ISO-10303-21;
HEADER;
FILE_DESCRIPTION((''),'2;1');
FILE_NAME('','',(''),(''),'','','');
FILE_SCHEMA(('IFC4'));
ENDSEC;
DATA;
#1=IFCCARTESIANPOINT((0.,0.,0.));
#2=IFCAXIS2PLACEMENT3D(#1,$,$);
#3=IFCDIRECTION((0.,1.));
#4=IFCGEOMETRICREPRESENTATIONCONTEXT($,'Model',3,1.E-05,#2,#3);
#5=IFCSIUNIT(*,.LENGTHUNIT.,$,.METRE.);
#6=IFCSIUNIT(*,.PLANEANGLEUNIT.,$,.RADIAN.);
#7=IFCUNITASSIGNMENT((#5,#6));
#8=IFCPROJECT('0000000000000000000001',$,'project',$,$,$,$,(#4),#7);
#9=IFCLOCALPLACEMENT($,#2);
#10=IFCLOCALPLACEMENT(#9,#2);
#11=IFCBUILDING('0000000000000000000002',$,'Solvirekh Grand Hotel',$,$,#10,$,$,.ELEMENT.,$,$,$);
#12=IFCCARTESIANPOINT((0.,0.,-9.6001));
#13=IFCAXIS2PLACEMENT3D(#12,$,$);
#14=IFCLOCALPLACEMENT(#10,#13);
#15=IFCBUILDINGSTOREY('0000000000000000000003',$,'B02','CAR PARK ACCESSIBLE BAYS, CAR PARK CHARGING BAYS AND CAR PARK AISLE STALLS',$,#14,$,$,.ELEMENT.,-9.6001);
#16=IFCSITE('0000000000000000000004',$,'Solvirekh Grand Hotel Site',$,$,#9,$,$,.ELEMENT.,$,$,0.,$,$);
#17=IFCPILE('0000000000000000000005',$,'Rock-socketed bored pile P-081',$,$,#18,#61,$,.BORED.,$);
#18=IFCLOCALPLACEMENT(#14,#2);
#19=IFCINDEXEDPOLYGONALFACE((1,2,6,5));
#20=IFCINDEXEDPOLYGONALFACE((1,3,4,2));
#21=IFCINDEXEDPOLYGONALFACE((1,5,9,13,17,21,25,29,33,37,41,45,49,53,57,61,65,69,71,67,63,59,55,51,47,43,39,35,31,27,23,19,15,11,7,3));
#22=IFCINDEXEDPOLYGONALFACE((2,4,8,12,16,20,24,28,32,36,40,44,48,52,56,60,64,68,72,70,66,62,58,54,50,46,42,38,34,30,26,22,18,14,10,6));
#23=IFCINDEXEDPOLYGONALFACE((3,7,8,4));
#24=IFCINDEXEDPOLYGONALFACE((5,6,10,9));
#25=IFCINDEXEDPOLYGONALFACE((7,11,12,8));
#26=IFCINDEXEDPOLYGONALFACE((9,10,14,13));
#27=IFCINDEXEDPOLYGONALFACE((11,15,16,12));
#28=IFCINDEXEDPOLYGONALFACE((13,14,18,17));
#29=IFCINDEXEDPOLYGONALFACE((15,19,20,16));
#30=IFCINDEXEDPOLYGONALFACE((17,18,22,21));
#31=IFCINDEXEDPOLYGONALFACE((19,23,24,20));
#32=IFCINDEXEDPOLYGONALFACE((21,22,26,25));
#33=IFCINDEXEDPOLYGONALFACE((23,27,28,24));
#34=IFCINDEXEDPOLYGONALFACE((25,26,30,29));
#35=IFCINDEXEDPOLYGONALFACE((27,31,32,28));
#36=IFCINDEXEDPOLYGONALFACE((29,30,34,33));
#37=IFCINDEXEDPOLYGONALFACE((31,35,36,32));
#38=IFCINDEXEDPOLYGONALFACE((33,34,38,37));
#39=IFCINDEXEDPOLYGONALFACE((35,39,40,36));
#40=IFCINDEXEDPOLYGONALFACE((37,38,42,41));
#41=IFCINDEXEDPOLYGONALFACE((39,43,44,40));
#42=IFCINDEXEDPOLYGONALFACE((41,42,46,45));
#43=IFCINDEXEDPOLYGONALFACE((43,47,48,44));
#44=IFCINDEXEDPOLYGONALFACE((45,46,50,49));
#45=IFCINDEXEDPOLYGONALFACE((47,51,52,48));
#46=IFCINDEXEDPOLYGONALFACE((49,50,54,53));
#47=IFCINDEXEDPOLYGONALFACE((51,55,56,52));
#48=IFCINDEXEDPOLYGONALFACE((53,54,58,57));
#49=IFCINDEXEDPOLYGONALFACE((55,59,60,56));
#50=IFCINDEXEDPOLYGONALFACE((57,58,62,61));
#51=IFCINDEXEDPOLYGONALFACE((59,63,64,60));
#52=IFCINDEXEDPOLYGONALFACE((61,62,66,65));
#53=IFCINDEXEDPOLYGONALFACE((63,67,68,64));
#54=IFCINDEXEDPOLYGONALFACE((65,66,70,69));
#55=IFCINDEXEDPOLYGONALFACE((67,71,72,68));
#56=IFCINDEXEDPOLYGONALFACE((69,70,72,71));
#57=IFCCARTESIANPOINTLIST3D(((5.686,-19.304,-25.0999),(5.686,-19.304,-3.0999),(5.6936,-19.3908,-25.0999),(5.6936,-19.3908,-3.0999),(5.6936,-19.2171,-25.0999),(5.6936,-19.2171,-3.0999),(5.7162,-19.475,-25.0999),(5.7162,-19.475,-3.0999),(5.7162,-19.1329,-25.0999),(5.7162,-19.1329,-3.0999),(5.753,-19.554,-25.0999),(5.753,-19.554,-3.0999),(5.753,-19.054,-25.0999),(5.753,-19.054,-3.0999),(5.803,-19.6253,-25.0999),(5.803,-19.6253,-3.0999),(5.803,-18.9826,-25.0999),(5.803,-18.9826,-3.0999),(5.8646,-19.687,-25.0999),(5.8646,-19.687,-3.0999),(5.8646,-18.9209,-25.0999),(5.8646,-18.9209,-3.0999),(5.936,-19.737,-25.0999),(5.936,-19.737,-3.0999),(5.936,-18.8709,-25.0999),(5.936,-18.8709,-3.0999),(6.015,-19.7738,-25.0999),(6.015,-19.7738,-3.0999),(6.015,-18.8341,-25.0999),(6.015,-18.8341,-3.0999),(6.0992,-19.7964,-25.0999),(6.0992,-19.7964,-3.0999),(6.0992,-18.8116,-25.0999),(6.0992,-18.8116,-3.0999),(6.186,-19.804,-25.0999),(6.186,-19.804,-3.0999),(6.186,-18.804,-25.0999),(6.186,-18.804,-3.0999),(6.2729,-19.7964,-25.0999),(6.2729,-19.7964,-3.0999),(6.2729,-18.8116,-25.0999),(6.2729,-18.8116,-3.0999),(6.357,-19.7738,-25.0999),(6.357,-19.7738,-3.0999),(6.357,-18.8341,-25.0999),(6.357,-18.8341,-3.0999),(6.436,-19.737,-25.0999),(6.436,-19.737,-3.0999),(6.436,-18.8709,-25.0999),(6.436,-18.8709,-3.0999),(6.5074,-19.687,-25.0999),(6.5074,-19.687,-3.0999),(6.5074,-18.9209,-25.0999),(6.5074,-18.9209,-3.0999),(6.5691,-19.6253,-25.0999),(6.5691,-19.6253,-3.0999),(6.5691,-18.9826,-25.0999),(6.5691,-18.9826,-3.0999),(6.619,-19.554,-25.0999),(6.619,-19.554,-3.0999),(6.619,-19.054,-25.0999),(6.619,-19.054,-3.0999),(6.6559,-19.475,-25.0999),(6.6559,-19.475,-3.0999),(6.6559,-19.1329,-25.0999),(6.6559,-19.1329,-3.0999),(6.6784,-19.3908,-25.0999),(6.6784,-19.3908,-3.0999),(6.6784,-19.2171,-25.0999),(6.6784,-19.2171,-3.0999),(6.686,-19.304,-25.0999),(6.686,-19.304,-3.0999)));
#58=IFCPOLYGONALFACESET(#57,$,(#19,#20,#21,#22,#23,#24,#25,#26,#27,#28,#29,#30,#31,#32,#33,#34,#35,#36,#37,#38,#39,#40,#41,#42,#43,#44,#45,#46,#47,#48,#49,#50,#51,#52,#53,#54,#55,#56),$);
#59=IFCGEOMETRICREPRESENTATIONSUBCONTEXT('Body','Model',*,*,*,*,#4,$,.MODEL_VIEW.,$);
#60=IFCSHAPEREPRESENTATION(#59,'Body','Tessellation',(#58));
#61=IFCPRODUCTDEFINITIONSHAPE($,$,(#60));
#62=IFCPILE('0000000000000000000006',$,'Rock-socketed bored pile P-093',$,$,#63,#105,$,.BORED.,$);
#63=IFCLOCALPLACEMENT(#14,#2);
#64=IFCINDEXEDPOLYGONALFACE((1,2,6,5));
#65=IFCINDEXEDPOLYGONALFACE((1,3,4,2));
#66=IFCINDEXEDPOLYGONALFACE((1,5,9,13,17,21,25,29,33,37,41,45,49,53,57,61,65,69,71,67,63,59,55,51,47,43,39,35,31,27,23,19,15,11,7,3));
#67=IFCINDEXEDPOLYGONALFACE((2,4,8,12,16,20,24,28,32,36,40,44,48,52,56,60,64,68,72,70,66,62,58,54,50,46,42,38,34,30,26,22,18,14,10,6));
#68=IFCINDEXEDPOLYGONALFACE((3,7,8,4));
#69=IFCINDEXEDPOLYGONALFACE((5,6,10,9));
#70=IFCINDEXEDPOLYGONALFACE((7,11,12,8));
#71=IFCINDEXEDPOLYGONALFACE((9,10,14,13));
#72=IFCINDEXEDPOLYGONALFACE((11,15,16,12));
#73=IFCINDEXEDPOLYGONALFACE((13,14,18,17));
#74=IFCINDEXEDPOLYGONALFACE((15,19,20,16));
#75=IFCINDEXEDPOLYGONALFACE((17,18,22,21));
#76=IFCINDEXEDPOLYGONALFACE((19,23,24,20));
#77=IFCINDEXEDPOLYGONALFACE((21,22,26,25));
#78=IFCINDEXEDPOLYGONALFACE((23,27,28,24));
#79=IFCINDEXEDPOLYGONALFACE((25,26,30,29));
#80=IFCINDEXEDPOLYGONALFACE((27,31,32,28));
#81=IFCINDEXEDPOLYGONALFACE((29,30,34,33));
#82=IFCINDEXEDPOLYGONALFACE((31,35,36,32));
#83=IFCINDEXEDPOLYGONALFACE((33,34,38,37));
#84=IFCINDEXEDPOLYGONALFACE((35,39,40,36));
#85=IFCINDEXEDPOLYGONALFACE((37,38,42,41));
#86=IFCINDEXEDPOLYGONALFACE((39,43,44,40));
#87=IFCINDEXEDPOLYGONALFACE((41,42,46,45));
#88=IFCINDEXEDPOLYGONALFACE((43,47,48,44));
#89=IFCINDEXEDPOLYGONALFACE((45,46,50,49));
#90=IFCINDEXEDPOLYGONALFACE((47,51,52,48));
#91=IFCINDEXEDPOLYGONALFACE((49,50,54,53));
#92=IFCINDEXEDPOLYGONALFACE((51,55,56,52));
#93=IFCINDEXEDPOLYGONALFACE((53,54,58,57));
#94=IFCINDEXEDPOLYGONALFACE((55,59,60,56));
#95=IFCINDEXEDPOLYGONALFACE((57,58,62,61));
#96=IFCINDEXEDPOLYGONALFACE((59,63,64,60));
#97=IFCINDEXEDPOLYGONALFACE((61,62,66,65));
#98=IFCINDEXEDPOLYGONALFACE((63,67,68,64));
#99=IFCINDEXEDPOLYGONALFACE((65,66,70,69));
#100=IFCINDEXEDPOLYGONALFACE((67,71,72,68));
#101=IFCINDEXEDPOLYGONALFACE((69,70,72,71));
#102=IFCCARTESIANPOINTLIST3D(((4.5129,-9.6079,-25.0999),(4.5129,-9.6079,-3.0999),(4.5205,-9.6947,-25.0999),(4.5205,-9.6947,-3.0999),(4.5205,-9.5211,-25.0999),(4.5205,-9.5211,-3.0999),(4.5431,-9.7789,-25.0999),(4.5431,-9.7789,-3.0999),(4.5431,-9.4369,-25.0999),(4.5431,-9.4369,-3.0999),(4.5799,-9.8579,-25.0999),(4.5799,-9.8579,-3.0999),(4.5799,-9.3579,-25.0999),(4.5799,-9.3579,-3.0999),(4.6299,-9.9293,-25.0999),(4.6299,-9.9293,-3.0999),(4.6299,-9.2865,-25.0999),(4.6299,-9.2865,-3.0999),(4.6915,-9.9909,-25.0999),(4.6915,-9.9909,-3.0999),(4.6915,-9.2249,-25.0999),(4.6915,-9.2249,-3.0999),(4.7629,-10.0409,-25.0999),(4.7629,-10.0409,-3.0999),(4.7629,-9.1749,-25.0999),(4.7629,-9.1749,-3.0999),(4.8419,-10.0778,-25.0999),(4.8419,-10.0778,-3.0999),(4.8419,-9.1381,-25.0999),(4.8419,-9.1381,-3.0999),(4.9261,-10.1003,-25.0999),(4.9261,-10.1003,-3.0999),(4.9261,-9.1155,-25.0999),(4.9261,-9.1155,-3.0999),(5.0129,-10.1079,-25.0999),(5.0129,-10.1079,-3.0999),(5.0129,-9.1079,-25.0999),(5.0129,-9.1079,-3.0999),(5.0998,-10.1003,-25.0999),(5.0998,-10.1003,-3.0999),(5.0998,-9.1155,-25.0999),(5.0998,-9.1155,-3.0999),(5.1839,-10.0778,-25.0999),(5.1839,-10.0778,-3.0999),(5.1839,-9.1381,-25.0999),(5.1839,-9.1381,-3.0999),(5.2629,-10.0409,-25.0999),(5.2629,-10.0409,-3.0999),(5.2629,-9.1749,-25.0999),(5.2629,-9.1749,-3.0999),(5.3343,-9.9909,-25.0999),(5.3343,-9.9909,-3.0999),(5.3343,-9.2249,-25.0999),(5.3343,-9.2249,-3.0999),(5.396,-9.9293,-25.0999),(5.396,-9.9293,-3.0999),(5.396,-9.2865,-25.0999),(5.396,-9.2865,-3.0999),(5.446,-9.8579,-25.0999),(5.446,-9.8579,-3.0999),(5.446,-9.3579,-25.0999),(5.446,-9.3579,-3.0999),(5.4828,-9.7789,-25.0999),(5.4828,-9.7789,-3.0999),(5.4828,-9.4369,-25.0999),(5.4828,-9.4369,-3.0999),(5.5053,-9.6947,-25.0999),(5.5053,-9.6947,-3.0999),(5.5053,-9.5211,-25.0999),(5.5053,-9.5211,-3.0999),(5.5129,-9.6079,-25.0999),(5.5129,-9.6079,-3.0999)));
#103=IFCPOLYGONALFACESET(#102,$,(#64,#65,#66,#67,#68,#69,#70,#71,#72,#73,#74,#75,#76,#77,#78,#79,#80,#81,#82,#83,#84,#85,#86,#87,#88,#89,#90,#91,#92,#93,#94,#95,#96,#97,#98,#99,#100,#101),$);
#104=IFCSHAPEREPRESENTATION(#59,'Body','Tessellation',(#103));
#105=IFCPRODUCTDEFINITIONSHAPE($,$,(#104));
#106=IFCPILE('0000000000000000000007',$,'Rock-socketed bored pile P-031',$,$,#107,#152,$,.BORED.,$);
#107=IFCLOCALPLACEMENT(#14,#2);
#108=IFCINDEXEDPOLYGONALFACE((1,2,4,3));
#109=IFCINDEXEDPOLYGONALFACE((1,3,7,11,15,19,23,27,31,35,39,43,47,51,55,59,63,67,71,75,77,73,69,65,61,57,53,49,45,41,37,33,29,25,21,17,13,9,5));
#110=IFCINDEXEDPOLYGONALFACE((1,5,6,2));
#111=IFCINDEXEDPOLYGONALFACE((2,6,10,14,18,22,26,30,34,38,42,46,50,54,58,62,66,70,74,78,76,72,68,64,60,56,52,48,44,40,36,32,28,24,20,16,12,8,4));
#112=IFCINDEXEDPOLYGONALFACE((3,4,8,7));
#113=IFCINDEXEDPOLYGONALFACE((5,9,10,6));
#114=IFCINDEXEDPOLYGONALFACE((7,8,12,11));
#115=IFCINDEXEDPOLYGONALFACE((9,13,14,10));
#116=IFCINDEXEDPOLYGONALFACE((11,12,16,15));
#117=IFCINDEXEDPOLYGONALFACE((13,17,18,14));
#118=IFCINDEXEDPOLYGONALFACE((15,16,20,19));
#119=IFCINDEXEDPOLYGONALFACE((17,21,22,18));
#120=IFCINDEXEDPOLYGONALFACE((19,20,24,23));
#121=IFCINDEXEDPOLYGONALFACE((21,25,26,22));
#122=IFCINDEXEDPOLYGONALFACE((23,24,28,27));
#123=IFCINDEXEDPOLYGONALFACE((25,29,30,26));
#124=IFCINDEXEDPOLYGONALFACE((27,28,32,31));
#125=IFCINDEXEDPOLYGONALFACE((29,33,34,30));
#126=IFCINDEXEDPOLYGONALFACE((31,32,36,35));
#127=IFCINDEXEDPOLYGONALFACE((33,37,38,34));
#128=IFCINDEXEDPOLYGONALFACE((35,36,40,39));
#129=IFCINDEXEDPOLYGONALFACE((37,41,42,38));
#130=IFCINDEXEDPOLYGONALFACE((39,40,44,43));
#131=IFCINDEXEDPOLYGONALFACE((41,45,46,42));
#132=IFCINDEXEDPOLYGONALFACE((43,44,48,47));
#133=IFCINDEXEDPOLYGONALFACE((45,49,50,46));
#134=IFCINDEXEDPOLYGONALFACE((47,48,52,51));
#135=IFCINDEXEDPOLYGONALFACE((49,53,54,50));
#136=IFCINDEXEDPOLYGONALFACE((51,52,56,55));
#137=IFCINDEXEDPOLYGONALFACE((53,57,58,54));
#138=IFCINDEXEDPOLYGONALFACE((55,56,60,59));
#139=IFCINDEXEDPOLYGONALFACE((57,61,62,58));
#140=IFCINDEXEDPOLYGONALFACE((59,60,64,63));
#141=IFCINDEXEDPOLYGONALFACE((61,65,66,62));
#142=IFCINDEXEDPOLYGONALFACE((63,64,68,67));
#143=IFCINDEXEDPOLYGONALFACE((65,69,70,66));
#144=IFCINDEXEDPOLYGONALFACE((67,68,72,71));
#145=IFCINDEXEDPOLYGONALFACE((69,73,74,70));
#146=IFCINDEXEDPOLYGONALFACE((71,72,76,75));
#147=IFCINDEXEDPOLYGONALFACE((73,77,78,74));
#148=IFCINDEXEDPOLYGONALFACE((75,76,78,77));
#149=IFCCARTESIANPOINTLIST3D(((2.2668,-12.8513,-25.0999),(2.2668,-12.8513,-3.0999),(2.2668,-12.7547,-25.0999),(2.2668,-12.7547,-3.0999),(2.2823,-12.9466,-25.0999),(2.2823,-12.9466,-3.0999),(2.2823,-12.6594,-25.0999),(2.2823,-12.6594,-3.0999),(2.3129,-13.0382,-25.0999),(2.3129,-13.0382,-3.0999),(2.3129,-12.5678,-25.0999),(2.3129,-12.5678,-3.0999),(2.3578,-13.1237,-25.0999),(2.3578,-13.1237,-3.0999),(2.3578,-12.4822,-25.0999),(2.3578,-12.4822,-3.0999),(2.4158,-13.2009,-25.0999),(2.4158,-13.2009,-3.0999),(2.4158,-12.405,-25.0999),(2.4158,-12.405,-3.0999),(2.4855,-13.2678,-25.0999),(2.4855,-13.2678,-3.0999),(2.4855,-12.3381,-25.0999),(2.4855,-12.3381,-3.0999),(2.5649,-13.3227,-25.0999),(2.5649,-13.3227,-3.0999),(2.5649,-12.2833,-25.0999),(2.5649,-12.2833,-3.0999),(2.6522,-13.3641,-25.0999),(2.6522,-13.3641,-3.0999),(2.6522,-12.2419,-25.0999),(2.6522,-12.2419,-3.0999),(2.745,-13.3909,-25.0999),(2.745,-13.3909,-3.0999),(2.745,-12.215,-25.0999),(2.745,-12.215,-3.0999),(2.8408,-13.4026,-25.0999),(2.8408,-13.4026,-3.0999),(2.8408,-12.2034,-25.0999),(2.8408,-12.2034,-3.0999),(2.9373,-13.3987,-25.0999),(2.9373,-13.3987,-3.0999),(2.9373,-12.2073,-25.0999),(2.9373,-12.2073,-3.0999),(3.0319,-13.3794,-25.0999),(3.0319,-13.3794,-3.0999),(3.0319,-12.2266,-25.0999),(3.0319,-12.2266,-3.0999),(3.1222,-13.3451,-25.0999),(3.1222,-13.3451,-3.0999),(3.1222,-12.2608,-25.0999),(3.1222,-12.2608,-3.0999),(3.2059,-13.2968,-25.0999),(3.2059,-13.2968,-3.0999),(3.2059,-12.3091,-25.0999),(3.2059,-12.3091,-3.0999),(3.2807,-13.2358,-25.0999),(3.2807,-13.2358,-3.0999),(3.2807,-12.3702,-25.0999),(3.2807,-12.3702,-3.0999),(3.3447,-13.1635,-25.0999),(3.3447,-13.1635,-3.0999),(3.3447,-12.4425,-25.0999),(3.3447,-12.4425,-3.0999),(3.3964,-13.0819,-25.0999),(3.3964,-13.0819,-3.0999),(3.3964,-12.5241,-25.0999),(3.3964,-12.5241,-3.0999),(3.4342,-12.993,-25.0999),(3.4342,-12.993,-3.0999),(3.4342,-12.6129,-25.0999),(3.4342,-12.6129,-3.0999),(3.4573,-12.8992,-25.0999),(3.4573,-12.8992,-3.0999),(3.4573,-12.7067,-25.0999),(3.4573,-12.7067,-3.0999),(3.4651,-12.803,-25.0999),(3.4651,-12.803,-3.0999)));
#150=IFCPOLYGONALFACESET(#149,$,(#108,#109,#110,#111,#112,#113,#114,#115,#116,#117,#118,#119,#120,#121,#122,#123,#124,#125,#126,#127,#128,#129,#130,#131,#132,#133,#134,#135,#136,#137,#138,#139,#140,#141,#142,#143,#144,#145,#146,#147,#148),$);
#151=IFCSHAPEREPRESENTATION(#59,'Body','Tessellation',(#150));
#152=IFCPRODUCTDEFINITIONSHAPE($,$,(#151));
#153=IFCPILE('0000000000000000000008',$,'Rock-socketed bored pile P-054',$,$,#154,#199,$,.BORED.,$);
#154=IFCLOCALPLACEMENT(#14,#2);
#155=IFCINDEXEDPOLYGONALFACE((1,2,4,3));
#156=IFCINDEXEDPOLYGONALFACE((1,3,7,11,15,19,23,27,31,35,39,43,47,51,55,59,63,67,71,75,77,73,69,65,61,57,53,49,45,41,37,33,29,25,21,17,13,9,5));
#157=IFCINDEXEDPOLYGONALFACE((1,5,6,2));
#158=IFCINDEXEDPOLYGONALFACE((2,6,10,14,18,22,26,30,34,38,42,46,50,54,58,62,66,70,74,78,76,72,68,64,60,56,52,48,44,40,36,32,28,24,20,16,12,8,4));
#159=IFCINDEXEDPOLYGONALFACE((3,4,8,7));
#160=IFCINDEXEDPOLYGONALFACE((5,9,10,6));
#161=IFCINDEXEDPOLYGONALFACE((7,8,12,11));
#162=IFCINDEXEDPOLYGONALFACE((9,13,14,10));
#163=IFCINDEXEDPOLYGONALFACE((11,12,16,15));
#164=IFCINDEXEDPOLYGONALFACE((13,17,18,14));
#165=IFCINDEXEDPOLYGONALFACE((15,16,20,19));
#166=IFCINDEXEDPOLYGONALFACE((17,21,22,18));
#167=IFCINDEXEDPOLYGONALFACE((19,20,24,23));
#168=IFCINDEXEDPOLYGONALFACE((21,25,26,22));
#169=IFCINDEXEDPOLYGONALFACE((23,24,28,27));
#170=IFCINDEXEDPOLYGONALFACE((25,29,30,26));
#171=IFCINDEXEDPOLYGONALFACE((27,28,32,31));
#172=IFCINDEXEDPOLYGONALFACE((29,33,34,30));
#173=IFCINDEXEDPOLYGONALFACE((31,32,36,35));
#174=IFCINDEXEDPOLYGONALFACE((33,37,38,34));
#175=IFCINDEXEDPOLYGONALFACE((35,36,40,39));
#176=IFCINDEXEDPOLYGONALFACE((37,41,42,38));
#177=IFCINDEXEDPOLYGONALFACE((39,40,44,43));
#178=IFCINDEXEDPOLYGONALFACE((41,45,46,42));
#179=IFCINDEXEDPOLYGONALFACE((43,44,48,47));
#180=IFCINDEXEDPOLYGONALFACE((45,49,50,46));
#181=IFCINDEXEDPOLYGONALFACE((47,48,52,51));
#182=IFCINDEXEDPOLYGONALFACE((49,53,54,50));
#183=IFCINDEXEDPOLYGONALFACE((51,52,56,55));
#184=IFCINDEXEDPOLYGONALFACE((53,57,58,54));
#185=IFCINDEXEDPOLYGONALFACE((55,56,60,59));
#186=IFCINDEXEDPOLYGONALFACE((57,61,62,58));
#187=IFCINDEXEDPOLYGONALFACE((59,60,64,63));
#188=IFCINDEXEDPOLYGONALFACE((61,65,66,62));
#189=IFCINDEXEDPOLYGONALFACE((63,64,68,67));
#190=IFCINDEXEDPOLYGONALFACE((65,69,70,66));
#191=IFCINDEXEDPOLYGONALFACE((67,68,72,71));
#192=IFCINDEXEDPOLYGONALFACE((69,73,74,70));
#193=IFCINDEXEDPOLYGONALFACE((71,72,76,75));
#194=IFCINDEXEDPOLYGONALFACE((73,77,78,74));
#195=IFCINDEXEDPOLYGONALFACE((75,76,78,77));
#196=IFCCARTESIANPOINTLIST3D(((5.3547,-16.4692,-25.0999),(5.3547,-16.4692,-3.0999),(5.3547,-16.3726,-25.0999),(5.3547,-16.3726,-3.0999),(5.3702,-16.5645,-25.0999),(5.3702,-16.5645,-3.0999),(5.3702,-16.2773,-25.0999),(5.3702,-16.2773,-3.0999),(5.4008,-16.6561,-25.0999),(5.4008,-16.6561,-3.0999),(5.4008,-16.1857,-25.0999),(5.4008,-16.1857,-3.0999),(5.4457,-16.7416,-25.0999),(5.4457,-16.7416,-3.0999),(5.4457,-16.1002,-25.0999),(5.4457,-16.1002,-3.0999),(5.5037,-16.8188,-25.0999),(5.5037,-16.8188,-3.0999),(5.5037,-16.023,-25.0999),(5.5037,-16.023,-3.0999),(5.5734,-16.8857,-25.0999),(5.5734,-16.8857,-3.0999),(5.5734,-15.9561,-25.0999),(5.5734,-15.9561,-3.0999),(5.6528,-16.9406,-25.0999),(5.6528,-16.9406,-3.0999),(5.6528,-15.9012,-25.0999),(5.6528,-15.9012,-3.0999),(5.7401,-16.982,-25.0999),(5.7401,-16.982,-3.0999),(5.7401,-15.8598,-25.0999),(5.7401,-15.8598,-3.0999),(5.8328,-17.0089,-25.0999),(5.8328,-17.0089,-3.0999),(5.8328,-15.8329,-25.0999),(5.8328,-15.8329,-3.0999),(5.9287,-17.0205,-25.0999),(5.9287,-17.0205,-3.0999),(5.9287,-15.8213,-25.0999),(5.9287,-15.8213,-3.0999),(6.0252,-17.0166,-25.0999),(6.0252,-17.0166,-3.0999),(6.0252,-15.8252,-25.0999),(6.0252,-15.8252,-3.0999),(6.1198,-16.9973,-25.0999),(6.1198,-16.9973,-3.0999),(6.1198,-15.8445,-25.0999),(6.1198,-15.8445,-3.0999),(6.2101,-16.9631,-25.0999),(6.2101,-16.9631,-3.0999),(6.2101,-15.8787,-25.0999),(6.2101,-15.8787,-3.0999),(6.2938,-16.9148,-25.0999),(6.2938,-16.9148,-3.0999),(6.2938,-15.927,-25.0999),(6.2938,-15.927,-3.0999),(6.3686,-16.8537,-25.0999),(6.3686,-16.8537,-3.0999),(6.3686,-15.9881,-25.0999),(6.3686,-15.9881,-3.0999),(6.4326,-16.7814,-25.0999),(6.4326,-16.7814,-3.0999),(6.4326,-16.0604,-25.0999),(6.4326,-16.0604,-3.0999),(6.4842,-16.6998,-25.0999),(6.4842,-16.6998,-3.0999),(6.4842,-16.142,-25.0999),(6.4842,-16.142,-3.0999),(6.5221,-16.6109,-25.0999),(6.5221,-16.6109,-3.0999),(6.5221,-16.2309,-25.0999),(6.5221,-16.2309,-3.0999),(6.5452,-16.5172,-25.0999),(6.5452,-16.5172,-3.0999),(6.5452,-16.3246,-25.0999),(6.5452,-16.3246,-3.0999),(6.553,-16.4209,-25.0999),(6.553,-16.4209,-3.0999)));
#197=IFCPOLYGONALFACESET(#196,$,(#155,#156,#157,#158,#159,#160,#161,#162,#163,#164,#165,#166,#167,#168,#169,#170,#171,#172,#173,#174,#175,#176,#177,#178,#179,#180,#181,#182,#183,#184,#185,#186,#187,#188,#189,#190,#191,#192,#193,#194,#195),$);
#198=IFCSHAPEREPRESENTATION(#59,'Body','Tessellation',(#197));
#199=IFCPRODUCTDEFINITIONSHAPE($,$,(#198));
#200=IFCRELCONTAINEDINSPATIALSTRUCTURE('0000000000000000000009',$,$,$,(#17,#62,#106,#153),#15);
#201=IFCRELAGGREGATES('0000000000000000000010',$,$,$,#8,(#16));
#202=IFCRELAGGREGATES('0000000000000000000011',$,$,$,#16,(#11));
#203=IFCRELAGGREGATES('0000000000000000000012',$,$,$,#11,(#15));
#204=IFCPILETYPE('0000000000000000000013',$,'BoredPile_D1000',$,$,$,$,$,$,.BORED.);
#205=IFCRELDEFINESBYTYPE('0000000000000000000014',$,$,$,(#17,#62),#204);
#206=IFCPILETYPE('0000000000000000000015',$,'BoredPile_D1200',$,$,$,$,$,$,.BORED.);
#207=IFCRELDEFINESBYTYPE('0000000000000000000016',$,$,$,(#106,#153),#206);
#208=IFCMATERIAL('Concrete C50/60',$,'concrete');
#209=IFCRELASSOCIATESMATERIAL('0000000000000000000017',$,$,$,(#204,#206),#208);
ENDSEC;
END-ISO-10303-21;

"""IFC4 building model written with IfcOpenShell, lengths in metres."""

from ifc_helpers import new_model, si_unit, direction, frame, origin, origin_2d, place, context, subcontext, project, spatial, circle, extrude, material, material_profile, profile_set, type_object, element, save


model = new_model("IFC4")

# Units and contexts
model_context = context("Model", 3, precision=1e-05, world=origin(), true_north=direction((0.0, 1.0)))
body_context = subcontext(model_context, "Body", "Model", "MODEL_VIEW")
ifc_project = project(units=[si_unit("LENGTHUNIT", "METRE"), si_unit("PLANEANGLEUNIT", "RADIAN")], contexts=[model_context])

# Site, building, storey
site_placement = place(None, origin())
site = spatial("IfcSite", under=ifc_project, at=site_placement, Name="Solvirekh Grand Hotel Site", CompositionType="ELEMENT", RefElevation=0.0)
building_placement = place(site_placement, origin())
building = spatial("IfcBuilding", under=site, at=building_placement, Name="Solvirekh Grand Hotel", CompositionType="ELEMENT")
storey_placement = place(building_placement, frame((0.0, 0.0, -9.6001)))
storey = spatial("IfcBuildingStorey", under=building, at=storey_placement, Name="B02", Description="CAR PARK ACCESSIBLE BAYS, CAR PARK CHARGING BAYS AND CAR PARK AISLE STALLS", CompositionType="ELEMENT", Elevation=-9.6001)

# Piles
ifc_material_1 = material(Name="Concrete C50/60", Category="concrete")
ifc_material_profile_1 = material_profile(ifc_material_1, circle(Radius=0.5, at=origin_2d()), Name="BORED PILE D1000")
ifc_profile_set_1 = profile_set([ifc_material_profile_1], Name="Concrete C50/60")
pile_type_1 = type_object("IfcPileType", Name="BoredPile_D1000", PredefinedType="BORED", material=ifc_profile_set_1)
for number, where, z_axis, x_axis, name in (
    (1, (6.186, -19.304, -3.0999), (0.0, 0.0, -1.0), (1.0, 0.0, 0.0), "Rock-socketed bored pile P-081"),
    (2, (5.0129, -9.6079, -3.0999), (0.0, 0.0, -1.0), (1.0, 0.0, 0.0), "Rock-socketed bored pile P-093"),
):
    element("IfcPile", number, at=place(storey_placement, frame(where, z_axis=z_axis, x_axis=x_axis)), inside=storey, type_object=pile_type_1, Name=name, PredefinedType="BORED", context=body_context, shape_type="SweptSolid", body=[
        extrude(circle(Radius=0.5, at=origin_2d()), origin(), (0.0, 0.0, 1.0), 22.0),
    ])
ifc_material_profile_2 = material_profile(ifc_material_1, circle(Radius=0.6001, at=origin_2d()), Name="BORED PILE D1200")
ifc_profile_set_2 = profile_set([ifc_material_profile_2], Name="Concrete C50/60")
pile_type_2 = type_object("IfcPileType", Name="BoredPile_D1200", PredefinedType="BORED", material=ifc_profile_set_2)
for number, where, z_axis, x_axis, name in (
    (3, (2.865, -12.803, -3.0999), (0.0, 0.0, -1.0), (1.0, 0.0, 0.0), "Rock-socketed bored pile P-031"),
    (4, (5.9529, -16.4209, -3.0999), (0.0, 0.0, -1.0), (1.0, 0.0, 0.0), "Rock-socketed bored pile P-054"),
):
    element("IfcPile", number, at=place(storey_placement, frame(where, z_axis=z_axis, x_axis=x_axis)), inside=storey, type_object=pile_type_2, Name=name, PredefinedType="BORED", context=body_context, shape_type="SweptSolid", body=[
        extrude(circle(Radius=0.6001, at=origin_2d()), origin(), (0.0, 0.0, 1.0), 22.0),
    ])

save(model, "model.ifc")
